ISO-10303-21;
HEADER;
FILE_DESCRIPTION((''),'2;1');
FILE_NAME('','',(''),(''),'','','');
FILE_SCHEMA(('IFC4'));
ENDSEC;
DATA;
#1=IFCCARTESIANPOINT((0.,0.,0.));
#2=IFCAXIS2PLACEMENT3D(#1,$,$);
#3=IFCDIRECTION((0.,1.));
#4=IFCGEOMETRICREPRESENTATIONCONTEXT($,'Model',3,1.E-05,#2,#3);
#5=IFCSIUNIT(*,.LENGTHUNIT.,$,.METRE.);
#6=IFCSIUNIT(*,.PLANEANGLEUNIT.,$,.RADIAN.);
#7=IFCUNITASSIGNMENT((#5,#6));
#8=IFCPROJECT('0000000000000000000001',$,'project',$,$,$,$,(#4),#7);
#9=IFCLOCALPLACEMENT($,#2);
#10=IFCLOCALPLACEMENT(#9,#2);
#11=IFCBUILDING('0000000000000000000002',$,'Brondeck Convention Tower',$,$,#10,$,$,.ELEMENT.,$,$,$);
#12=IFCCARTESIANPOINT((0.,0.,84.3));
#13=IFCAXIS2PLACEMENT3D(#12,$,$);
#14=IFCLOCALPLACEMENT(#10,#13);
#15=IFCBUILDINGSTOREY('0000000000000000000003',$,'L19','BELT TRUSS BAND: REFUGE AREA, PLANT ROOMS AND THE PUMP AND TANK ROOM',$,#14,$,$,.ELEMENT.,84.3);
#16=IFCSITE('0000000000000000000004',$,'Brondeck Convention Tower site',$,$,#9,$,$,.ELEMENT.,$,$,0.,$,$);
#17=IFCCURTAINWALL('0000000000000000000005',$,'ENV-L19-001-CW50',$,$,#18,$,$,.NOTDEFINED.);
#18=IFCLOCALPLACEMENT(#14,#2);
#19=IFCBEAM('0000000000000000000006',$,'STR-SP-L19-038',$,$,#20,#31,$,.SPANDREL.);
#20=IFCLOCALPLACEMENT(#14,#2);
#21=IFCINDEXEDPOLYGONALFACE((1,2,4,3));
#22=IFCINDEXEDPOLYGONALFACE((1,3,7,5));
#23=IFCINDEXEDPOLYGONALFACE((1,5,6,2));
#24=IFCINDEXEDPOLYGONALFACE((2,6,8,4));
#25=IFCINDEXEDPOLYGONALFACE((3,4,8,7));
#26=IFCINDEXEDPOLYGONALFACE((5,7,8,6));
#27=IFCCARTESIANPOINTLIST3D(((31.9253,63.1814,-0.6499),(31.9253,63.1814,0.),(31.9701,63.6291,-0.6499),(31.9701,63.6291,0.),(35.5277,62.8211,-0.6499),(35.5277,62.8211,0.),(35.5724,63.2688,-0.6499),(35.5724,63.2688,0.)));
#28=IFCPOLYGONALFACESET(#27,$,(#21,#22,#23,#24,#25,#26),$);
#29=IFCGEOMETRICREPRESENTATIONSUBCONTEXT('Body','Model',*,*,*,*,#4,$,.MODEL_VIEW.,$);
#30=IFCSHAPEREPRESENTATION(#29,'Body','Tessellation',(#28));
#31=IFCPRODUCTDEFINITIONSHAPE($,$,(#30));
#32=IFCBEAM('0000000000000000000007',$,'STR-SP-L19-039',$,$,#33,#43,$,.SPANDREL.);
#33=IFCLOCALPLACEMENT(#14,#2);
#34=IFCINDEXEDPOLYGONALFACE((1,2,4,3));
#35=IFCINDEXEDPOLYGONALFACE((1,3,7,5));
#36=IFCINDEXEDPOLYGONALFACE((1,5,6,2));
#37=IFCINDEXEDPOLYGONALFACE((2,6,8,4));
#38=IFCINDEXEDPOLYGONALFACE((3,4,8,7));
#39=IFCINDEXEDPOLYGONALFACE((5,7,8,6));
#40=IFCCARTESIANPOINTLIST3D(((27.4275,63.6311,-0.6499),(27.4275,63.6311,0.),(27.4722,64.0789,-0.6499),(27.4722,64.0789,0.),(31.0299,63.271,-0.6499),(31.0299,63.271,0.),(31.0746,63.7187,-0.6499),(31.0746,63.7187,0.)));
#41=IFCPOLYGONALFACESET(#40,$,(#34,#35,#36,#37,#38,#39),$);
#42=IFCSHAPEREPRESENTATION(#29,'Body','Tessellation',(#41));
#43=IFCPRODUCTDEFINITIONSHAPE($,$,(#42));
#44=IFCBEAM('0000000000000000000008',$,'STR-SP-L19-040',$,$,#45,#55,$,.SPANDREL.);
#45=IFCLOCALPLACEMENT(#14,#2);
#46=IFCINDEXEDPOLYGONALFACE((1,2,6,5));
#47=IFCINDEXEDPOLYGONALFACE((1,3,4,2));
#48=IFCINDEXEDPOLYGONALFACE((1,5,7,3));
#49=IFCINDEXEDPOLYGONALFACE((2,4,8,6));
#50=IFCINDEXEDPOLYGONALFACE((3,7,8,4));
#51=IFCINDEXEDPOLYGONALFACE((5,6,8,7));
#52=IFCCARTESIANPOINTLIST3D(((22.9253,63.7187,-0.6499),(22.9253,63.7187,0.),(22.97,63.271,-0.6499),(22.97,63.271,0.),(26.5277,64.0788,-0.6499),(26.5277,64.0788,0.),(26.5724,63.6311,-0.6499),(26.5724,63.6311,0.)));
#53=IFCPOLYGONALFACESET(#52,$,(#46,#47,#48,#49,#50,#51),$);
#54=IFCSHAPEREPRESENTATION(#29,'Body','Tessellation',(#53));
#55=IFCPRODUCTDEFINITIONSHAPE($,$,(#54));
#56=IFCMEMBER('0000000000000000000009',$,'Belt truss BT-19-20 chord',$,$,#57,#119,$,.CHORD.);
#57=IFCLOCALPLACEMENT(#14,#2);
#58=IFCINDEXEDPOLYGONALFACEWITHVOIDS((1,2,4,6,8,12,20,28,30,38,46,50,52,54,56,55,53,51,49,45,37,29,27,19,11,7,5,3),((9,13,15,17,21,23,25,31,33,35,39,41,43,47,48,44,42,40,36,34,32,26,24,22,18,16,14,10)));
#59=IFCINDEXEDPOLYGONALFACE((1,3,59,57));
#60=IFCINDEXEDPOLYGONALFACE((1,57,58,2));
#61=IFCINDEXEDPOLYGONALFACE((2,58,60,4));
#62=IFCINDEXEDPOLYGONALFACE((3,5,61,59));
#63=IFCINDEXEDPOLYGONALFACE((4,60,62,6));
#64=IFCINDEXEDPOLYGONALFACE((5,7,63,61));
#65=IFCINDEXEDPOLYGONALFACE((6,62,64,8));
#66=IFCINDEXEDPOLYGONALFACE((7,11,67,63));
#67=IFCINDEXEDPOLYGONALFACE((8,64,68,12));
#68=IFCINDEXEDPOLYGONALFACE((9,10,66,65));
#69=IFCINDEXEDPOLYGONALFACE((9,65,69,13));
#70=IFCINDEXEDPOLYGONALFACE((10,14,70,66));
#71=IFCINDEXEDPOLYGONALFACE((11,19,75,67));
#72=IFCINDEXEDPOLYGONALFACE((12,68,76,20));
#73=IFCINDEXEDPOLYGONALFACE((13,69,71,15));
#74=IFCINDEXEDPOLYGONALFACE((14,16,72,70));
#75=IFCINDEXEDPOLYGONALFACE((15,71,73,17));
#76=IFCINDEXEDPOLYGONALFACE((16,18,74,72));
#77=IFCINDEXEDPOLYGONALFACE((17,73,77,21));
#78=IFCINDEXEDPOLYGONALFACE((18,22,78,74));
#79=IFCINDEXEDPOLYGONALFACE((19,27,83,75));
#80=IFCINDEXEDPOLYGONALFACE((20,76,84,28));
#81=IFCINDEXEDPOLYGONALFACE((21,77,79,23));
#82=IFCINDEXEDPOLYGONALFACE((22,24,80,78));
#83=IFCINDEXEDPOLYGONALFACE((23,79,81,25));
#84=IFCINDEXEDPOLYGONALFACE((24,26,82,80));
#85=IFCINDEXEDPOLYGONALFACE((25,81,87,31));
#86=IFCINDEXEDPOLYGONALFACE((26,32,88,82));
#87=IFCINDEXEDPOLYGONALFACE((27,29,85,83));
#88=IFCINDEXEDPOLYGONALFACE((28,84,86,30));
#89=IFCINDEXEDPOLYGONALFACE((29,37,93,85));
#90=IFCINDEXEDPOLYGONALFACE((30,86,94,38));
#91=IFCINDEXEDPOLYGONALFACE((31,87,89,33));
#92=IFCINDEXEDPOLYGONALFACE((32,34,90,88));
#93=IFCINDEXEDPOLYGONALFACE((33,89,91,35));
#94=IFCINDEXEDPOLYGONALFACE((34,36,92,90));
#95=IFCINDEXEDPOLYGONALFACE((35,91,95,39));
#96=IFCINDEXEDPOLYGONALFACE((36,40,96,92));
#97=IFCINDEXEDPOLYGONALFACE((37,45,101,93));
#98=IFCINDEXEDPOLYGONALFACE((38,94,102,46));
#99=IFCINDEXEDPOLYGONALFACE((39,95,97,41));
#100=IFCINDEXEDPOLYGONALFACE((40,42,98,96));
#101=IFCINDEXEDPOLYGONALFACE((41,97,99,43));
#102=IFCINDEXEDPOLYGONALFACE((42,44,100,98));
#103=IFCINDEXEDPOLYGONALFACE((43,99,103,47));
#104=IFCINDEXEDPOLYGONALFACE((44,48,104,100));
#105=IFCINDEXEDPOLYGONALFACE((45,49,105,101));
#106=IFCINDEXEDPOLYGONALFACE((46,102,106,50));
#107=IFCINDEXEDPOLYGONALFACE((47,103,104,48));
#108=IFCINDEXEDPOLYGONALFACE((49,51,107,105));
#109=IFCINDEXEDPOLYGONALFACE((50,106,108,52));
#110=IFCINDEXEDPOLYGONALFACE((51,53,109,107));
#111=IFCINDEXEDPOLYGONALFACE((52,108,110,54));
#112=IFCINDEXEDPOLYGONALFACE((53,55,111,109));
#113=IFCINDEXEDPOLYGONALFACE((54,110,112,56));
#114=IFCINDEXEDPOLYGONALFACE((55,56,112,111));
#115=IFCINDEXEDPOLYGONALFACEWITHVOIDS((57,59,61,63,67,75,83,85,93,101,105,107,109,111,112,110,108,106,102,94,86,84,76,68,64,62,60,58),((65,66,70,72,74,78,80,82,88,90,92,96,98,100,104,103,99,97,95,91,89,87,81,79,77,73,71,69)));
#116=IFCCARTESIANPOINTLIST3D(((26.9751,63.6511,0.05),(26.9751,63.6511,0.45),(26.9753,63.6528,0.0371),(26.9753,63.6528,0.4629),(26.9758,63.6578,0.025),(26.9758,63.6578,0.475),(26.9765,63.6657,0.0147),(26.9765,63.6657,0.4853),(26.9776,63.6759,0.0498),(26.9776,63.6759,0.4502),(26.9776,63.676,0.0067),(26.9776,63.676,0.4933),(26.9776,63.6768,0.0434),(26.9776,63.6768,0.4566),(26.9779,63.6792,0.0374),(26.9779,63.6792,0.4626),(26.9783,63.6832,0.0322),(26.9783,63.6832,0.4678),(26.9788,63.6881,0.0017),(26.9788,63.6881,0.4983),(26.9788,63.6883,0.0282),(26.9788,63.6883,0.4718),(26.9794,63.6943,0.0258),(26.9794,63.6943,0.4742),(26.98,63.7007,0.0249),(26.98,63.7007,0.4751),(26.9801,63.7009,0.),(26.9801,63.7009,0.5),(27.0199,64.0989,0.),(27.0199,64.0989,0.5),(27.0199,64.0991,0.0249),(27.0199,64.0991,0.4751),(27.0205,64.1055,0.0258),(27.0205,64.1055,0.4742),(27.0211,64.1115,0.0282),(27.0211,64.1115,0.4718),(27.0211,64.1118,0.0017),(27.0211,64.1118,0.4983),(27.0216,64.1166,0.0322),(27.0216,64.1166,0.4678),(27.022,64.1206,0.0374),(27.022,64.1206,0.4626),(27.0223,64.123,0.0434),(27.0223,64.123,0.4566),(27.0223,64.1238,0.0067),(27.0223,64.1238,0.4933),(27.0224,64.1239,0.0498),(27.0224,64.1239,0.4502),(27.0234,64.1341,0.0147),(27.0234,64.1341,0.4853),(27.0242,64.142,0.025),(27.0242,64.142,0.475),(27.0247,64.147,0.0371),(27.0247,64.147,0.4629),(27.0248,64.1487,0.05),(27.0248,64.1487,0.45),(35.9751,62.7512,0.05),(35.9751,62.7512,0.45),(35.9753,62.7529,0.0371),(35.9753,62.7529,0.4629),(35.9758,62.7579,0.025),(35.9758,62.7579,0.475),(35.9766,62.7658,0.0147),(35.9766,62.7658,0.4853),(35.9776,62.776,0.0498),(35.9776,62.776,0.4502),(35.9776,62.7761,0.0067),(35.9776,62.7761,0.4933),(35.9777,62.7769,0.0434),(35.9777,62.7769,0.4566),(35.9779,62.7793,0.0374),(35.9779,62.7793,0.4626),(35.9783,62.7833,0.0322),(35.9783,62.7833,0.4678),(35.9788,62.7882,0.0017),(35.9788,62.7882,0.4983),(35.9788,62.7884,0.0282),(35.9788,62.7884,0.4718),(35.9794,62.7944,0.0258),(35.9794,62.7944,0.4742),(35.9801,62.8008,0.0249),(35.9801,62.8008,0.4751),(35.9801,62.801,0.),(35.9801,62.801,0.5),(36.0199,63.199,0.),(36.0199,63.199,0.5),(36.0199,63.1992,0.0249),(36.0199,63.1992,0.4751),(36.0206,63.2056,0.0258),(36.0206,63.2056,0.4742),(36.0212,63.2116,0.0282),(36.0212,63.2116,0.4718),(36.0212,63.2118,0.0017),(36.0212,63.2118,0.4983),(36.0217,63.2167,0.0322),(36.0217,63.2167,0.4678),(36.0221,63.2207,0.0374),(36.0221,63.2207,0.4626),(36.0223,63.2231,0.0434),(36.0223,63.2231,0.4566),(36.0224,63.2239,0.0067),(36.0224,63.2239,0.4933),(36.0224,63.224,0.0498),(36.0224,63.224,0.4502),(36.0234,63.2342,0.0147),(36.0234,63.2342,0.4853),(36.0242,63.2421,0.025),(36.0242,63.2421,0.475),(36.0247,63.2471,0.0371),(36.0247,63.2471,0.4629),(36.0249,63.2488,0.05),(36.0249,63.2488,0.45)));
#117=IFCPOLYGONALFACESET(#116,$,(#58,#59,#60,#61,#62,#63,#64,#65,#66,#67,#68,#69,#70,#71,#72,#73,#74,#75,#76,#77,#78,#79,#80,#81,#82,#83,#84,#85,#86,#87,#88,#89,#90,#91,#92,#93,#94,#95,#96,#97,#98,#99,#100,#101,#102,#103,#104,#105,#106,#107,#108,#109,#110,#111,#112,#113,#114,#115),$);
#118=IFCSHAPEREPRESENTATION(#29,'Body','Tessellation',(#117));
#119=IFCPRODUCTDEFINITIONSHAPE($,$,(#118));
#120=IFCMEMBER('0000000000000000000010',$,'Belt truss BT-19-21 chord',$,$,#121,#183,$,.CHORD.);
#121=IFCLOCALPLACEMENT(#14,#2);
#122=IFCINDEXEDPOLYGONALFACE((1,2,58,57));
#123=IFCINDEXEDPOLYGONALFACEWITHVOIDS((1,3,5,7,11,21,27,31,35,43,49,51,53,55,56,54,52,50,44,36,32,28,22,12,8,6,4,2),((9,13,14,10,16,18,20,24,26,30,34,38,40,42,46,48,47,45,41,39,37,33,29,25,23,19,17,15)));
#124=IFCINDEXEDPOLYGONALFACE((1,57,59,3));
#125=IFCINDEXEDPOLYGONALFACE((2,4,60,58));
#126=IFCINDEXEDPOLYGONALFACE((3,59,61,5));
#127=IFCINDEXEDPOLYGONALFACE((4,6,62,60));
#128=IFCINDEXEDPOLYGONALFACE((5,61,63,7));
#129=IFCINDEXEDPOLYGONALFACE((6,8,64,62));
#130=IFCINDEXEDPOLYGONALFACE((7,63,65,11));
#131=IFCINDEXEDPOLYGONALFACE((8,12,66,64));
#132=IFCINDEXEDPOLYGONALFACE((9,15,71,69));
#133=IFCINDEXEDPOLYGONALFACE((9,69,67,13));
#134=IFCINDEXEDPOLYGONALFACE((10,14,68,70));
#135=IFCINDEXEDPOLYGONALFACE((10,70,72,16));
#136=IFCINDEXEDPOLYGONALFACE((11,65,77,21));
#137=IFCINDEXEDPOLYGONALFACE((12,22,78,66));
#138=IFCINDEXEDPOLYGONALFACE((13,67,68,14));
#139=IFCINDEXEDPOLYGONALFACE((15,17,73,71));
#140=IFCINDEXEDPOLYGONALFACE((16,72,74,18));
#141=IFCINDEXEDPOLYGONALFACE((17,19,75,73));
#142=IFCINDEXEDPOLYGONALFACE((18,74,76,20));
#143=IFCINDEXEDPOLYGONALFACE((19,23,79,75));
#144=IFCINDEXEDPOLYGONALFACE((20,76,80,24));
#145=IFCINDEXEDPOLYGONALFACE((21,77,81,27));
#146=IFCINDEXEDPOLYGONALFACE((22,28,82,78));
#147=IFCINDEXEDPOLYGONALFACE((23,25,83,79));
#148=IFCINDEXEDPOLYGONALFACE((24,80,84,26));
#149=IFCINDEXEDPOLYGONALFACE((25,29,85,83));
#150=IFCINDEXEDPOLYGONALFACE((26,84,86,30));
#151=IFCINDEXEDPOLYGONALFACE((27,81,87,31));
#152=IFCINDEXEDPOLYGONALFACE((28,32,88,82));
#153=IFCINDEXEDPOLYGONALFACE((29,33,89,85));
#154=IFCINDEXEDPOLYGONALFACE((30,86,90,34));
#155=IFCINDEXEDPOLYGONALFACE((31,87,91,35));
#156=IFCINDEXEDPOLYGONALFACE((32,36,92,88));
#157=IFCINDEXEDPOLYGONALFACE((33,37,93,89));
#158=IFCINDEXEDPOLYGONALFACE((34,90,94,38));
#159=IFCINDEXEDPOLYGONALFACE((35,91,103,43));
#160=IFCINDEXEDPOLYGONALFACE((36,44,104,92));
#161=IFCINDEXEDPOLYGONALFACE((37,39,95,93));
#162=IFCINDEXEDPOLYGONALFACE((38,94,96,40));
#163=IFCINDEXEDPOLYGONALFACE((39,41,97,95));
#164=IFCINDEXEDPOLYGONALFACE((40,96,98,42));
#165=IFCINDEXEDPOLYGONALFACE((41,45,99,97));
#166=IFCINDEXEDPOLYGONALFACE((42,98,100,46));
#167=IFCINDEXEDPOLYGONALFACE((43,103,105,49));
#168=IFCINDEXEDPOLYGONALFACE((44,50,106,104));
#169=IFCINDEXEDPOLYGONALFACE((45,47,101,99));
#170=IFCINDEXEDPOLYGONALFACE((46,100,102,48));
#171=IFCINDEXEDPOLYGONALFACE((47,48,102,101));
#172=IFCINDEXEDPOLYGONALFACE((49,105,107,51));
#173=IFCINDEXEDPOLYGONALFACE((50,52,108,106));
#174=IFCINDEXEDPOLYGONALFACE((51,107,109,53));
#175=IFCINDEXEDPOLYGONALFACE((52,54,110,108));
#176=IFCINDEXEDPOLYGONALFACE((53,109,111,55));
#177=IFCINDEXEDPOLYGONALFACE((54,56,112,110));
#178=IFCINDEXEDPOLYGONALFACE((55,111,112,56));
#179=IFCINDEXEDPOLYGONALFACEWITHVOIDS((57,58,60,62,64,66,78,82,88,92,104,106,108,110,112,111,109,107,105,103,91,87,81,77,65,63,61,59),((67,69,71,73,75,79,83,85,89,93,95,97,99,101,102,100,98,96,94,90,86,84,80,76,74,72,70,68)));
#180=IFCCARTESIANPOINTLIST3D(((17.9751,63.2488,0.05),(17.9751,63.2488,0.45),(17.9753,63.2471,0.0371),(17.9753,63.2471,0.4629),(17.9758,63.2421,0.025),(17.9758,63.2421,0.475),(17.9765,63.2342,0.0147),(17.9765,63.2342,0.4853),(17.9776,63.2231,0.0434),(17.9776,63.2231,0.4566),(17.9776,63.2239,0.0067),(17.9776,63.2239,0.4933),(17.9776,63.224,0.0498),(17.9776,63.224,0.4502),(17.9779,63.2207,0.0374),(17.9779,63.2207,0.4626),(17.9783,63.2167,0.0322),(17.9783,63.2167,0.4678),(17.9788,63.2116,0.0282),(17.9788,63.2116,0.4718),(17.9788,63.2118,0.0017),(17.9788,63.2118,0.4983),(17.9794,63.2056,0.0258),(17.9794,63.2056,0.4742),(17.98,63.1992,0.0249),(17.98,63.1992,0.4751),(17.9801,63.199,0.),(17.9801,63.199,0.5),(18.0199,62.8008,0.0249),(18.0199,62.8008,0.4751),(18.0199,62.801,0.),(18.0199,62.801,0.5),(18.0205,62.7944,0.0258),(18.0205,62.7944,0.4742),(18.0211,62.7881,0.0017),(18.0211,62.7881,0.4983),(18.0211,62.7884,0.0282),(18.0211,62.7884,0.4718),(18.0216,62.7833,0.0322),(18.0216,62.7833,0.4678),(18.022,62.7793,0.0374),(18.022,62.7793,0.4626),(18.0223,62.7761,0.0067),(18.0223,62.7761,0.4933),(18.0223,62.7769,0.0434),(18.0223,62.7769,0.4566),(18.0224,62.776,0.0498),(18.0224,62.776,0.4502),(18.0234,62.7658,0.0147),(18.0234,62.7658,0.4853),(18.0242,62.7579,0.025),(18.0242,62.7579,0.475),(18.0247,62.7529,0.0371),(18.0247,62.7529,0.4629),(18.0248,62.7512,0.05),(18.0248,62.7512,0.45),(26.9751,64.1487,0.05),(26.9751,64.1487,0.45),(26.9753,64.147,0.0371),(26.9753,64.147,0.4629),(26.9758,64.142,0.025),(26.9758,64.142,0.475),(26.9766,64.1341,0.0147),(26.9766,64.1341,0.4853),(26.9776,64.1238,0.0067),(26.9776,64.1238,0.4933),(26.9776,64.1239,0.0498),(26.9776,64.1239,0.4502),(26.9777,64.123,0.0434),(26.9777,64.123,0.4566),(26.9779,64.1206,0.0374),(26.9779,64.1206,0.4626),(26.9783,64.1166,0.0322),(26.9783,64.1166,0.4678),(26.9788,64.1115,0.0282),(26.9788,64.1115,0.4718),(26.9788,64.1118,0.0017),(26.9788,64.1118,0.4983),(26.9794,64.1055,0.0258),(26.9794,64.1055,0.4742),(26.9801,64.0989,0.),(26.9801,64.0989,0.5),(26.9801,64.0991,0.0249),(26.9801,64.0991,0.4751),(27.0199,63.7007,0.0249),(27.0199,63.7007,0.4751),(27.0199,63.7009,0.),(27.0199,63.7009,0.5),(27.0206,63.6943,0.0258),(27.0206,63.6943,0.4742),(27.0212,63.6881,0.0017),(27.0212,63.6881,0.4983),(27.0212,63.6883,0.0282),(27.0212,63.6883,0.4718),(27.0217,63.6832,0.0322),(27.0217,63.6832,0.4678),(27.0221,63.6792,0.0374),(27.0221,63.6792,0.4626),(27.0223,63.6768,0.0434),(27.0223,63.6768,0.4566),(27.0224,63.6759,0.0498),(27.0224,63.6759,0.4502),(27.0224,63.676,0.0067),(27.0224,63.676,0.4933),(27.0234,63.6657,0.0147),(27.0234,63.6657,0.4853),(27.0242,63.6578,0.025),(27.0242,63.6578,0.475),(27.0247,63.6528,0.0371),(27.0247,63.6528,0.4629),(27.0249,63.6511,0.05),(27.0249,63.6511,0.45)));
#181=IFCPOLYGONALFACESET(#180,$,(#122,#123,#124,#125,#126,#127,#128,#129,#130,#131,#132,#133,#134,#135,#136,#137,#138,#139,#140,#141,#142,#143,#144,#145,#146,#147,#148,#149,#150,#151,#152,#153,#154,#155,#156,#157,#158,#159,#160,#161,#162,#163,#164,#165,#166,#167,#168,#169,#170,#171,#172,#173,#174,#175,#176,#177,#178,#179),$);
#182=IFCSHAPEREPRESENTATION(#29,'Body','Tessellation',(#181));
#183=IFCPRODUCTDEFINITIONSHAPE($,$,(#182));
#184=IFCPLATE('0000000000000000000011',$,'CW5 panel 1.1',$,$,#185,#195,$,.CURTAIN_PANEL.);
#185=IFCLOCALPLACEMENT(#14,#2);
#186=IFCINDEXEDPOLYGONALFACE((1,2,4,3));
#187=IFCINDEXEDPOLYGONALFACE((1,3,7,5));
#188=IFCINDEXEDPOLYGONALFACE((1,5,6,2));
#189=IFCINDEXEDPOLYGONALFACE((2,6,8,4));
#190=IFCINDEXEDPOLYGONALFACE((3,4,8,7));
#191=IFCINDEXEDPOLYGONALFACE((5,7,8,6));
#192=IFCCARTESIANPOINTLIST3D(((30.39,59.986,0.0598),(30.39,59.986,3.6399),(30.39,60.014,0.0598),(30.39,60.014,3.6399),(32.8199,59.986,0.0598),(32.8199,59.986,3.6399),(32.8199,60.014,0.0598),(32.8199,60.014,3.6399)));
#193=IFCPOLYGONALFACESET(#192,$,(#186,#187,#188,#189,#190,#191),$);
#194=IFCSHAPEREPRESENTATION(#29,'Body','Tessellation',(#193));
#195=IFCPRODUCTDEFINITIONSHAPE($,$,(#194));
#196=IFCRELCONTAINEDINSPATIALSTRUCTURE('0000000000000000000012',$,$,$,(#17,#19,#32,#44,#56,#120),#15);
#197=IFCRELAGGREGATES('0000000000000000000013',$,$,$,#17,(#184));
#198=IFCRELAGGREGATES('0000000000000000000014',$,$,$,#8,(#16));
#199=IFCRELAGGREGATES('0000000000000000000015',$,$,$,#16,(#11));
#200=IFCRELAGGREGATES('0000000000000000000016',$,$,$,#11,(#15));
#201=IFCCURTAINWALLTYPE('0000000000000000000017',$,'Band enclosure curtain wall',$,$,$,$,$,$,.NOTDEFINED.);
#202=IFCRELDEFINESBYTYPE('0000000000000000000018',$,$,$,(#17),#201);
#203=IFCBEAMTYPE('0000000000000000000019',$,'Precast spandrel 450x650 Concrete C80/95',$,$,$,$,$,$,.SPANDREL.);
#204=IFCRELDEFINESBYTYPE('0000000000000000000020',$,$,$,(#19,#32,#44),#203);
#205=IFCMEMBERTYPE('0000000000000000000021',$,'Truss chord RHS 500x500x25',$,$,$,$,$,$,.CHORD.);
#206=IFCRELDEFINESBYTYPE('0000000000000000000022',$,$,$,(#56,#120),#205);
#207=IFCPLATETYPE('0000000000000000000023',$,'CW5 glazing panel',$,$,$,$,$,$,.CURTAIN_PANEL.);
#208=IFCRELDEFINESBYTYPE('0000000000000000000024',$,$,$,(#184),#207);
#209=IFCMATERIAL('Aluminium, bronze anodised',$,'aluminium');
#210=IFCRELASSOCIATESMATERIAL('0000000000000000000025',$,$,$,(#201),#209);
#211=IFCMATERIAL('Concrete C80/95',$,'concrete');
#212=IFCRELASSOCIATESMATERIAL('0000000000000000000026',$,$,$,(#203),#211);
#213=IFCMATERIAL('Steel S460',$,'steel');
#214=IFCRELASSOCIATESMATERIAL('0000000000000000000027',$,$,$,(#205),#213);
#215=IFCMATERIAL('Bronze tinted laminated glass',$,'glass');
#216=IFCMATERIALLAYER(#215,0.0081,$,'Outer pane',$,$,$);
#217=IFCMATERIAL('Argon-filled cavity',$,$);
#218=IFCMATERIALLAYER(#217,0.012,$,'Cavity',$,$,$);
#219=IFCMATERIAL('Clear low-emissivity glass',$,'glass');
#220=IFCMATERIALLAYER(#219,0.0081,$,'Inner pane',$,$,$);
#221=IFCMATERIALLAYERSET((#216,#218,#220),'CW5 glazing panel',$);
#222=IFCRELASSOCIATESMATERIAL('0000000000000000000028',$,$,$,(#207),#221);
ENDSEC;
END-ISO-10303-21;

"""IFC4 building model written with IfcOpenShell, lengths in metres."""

from ifc_helpers import new_model, si_unit, direction, frame, origin, origin_2d, place, context, subcontext, project, spatial, rectangle, hollow_rectangle, extrude, material, layer, layer_set, material_profile, profile_set, type_object, element, aggregate, save


model = new_model("IFC4")

# Units and contexts
model_context = context("Model", 3, precision=1e-05, world=origin(), true_north=direction((0.0, 1.0)))
body_context = subcontext(model_context, "Body", "Model", "MODEL_VIEW")
ifc_project = project(units=[si_unit("LENGTHUNIT", "METRE"), si_unit("PLANEANGLEUNIT", "RADIAN")], contexts=[model_context])

# Site, building, storey
site_placement = place(None, origin())
site = spatial("IfcSite", under=ifc_project, at=site_placement, Name="Brondeck Convention Tower site", CompositionType="ELEMENT", RefElevation=0.0)
building_placement = place(site_placement, origin())
building = spatial("IfcBuilding", under=site, at=building_placement, Name="Brondeck Convention Tower", CompositionType="ELEMENT")
storey_placement = place(building_placement, frame((0.0, 0.0, 84.3)))
storey = spatial("IfcBuildingStorey", under=building, at=storey_placement, Name="L19", Description="BELT TRUSS BAND: REFUGE AREA, PLANT ROOMS AND THE PUMP AND TANK ROOM", CompositionType="ELEMENT", Elevation=84.3)

# Shared definitions
ifc_material_1 = material(Name="Concrete C80/95", Category="concrete")

# Curtain wall
ifc_material_2 = material(Name="Aluminium, bronze anodised", Category="aluminium")
curtain_wall_type = type_object("IfcCurtainWallType", Name="Band enclosure curtain wall", PredefinedType="NOTDEFINED", material=ifc_material_2)
curtain_wall_1_placement = place(storey_placement, origin())
curtain_wall_1 = element("IfcCurtainWall", 1, at=curtain_wall_1_placement, inside=storey, type_object=curtain_wall_type, Name="ENV-L19-001-CW50", PredefinedType="NOTDEFINED")

# Shared definitions
ifc_material_3 = material(Name="Steel S460", Category="steel")

# Beams
ifc_material_profile_1 = material_profile(ifc_material_1, rectangle(XDim=0.45, YDim=0.6499, at=origin_2d()), Name="Precast spandrel 450x650 Concrete C80/95")
ifc_profile_set_1 = profile_set([ifc_material_profile_1], Name="Concrete C80/95")
beam_type = type_object("IfcBeamType", Name="Precast spandrel 450x650 Concrete C80/95", PredefinedType="SPANDREL", material=ifc_profile_set_1)
for number, where, z_axis, x_axis, name in (
    (2, (35.55, 63.0449, -0.325), (-0.995034, 0.099537, 0.0), (-0.099537, -0.995034, 0.0), "STR-SP-L19-038"),
    (3, (31.0522, 63.4949, -0.325), (-0.995041, 0.09947, 0.0), (-0.09947, -0.995041, 0.0), "STR-SP-L19-039"),
    (4, (26.55, 63.855, -0.325), (-0.995041, -0.09947, 0.0), (0.09947, -0.995041, 0.0), "STR-SP-L19-040"),
):
    element("IfcBeam", number, at=place(storey_placement, frame(where, z_axis=z_axis, x_axis=x_axis)), inside=storey, type_object=beam_type, Name=name, PredefinedType="SPANDREL", context=body_context, shape_type="SweptSolid", body=[
        extrude(rectangle(XDim=0.45, YDim=0.6499, at=origin_2d()), origin(), (0.0, 0.0, 1.0), 3.6204),
    ])

# Members
ifc_material_profile_2 = material_profile(ifc_material_3, hollow_rectangle(XDim=0.5, YDim=0.5, WallThickness=0.0249, InnerFilletRadius=0.0249, OuterFilletRadius=0.05, at=origin_2d()), Name="RHS 500x500x25")
ifc_profile_set_2 = profile_set([ifc_material_profile_2], Name="Steel S460")
member_type_1 = type_object("IfcMemberType", Name="Truss chord RHS 500x500x25", PredefinedType="CHORD", material=ifc_profile_set_2)
for number, where, z_axis, x_axis, name in (
    (5, (36.0, 63.0, 0.25), (-0.995038, 0.099493, 0.0), (-0.099493, -0.995038, 0.0), "Belt truss BT-19-20 chord"),
    (6, (27.0, 63.8999, 0.25), (-0.995038, -0.099493, 0.0), (0.099493, -0.995038, 0.0), "Belt truss BT-19-21 chord"),
):
    element("IfcMember", number, at=place(storey_placement, frame(where, z_axis=z_axis, x_axis=x_axis)), inside=storey, type_object=member_type_1, Name=name, PredefinedType="CHORD", context=body_context, shape_type="SweptSolid", body=[
        extrude(hollow_rectangle(XDim=0.5, YDim=0.5, WallThickness=0.0249, InnerFilletRadius=0.0249, OuterFilletRadius=0.05, at=origin_2d()), origin(), (0.0, 0.0, 1.0), 9.0449),
    ])

# Plate
ifc_material_4 = material(Name="Bronze tinted laminated glass", Category="glass")
ifc_layer_1 = layer(ifc_material_4, 0.0081, Name="Outer pane")
ifc_material_5 = material(Name="Argon-filled cavity")
ifc_layer_2 = layer(ifc_material_5, 0.012, Name="Cavity")
ifc_material_6 = material(Name="Clear low-emissivity glass", Category="glass")
ifc_layer_3 = layer(ifc_material_6, 0.0081, Name="Inner pane")
ifc_layer_set_1 = layer_set([ifc_layer_1, ifc_layer_2, ifc_layer_3], Name="CW5 glazing panel")
plate_type = type_object("IfcPlateType", Name="CW5 glazing panel", PredefinedType="CURTAIN_PANEL", material=ifc_layer_set_1)
plate_placement = place(storey_placement, frame((31.605, 60.0, 0.0598), z_axis=(0.0, 0.0, 1.0), x_axis=(1.0, 0.0, 0.0)))
plate = element("IfcPlate", 7, at=plate_placement, type_object=plate_type, Name="CW5 panel 1.1", PredefinedType="CURTAIN_PANEL", context=body_context, shape_type="SweptSolid", body=[
    extrude(rectangle(XDim=2.4299, YDim=0.0281, at=origin_2d()), origin(), (0.0, 0.0, 1.0), 3.5801),
])
aggregate(curtain_wall_1, [plate])

save(model, "model.ifc")
